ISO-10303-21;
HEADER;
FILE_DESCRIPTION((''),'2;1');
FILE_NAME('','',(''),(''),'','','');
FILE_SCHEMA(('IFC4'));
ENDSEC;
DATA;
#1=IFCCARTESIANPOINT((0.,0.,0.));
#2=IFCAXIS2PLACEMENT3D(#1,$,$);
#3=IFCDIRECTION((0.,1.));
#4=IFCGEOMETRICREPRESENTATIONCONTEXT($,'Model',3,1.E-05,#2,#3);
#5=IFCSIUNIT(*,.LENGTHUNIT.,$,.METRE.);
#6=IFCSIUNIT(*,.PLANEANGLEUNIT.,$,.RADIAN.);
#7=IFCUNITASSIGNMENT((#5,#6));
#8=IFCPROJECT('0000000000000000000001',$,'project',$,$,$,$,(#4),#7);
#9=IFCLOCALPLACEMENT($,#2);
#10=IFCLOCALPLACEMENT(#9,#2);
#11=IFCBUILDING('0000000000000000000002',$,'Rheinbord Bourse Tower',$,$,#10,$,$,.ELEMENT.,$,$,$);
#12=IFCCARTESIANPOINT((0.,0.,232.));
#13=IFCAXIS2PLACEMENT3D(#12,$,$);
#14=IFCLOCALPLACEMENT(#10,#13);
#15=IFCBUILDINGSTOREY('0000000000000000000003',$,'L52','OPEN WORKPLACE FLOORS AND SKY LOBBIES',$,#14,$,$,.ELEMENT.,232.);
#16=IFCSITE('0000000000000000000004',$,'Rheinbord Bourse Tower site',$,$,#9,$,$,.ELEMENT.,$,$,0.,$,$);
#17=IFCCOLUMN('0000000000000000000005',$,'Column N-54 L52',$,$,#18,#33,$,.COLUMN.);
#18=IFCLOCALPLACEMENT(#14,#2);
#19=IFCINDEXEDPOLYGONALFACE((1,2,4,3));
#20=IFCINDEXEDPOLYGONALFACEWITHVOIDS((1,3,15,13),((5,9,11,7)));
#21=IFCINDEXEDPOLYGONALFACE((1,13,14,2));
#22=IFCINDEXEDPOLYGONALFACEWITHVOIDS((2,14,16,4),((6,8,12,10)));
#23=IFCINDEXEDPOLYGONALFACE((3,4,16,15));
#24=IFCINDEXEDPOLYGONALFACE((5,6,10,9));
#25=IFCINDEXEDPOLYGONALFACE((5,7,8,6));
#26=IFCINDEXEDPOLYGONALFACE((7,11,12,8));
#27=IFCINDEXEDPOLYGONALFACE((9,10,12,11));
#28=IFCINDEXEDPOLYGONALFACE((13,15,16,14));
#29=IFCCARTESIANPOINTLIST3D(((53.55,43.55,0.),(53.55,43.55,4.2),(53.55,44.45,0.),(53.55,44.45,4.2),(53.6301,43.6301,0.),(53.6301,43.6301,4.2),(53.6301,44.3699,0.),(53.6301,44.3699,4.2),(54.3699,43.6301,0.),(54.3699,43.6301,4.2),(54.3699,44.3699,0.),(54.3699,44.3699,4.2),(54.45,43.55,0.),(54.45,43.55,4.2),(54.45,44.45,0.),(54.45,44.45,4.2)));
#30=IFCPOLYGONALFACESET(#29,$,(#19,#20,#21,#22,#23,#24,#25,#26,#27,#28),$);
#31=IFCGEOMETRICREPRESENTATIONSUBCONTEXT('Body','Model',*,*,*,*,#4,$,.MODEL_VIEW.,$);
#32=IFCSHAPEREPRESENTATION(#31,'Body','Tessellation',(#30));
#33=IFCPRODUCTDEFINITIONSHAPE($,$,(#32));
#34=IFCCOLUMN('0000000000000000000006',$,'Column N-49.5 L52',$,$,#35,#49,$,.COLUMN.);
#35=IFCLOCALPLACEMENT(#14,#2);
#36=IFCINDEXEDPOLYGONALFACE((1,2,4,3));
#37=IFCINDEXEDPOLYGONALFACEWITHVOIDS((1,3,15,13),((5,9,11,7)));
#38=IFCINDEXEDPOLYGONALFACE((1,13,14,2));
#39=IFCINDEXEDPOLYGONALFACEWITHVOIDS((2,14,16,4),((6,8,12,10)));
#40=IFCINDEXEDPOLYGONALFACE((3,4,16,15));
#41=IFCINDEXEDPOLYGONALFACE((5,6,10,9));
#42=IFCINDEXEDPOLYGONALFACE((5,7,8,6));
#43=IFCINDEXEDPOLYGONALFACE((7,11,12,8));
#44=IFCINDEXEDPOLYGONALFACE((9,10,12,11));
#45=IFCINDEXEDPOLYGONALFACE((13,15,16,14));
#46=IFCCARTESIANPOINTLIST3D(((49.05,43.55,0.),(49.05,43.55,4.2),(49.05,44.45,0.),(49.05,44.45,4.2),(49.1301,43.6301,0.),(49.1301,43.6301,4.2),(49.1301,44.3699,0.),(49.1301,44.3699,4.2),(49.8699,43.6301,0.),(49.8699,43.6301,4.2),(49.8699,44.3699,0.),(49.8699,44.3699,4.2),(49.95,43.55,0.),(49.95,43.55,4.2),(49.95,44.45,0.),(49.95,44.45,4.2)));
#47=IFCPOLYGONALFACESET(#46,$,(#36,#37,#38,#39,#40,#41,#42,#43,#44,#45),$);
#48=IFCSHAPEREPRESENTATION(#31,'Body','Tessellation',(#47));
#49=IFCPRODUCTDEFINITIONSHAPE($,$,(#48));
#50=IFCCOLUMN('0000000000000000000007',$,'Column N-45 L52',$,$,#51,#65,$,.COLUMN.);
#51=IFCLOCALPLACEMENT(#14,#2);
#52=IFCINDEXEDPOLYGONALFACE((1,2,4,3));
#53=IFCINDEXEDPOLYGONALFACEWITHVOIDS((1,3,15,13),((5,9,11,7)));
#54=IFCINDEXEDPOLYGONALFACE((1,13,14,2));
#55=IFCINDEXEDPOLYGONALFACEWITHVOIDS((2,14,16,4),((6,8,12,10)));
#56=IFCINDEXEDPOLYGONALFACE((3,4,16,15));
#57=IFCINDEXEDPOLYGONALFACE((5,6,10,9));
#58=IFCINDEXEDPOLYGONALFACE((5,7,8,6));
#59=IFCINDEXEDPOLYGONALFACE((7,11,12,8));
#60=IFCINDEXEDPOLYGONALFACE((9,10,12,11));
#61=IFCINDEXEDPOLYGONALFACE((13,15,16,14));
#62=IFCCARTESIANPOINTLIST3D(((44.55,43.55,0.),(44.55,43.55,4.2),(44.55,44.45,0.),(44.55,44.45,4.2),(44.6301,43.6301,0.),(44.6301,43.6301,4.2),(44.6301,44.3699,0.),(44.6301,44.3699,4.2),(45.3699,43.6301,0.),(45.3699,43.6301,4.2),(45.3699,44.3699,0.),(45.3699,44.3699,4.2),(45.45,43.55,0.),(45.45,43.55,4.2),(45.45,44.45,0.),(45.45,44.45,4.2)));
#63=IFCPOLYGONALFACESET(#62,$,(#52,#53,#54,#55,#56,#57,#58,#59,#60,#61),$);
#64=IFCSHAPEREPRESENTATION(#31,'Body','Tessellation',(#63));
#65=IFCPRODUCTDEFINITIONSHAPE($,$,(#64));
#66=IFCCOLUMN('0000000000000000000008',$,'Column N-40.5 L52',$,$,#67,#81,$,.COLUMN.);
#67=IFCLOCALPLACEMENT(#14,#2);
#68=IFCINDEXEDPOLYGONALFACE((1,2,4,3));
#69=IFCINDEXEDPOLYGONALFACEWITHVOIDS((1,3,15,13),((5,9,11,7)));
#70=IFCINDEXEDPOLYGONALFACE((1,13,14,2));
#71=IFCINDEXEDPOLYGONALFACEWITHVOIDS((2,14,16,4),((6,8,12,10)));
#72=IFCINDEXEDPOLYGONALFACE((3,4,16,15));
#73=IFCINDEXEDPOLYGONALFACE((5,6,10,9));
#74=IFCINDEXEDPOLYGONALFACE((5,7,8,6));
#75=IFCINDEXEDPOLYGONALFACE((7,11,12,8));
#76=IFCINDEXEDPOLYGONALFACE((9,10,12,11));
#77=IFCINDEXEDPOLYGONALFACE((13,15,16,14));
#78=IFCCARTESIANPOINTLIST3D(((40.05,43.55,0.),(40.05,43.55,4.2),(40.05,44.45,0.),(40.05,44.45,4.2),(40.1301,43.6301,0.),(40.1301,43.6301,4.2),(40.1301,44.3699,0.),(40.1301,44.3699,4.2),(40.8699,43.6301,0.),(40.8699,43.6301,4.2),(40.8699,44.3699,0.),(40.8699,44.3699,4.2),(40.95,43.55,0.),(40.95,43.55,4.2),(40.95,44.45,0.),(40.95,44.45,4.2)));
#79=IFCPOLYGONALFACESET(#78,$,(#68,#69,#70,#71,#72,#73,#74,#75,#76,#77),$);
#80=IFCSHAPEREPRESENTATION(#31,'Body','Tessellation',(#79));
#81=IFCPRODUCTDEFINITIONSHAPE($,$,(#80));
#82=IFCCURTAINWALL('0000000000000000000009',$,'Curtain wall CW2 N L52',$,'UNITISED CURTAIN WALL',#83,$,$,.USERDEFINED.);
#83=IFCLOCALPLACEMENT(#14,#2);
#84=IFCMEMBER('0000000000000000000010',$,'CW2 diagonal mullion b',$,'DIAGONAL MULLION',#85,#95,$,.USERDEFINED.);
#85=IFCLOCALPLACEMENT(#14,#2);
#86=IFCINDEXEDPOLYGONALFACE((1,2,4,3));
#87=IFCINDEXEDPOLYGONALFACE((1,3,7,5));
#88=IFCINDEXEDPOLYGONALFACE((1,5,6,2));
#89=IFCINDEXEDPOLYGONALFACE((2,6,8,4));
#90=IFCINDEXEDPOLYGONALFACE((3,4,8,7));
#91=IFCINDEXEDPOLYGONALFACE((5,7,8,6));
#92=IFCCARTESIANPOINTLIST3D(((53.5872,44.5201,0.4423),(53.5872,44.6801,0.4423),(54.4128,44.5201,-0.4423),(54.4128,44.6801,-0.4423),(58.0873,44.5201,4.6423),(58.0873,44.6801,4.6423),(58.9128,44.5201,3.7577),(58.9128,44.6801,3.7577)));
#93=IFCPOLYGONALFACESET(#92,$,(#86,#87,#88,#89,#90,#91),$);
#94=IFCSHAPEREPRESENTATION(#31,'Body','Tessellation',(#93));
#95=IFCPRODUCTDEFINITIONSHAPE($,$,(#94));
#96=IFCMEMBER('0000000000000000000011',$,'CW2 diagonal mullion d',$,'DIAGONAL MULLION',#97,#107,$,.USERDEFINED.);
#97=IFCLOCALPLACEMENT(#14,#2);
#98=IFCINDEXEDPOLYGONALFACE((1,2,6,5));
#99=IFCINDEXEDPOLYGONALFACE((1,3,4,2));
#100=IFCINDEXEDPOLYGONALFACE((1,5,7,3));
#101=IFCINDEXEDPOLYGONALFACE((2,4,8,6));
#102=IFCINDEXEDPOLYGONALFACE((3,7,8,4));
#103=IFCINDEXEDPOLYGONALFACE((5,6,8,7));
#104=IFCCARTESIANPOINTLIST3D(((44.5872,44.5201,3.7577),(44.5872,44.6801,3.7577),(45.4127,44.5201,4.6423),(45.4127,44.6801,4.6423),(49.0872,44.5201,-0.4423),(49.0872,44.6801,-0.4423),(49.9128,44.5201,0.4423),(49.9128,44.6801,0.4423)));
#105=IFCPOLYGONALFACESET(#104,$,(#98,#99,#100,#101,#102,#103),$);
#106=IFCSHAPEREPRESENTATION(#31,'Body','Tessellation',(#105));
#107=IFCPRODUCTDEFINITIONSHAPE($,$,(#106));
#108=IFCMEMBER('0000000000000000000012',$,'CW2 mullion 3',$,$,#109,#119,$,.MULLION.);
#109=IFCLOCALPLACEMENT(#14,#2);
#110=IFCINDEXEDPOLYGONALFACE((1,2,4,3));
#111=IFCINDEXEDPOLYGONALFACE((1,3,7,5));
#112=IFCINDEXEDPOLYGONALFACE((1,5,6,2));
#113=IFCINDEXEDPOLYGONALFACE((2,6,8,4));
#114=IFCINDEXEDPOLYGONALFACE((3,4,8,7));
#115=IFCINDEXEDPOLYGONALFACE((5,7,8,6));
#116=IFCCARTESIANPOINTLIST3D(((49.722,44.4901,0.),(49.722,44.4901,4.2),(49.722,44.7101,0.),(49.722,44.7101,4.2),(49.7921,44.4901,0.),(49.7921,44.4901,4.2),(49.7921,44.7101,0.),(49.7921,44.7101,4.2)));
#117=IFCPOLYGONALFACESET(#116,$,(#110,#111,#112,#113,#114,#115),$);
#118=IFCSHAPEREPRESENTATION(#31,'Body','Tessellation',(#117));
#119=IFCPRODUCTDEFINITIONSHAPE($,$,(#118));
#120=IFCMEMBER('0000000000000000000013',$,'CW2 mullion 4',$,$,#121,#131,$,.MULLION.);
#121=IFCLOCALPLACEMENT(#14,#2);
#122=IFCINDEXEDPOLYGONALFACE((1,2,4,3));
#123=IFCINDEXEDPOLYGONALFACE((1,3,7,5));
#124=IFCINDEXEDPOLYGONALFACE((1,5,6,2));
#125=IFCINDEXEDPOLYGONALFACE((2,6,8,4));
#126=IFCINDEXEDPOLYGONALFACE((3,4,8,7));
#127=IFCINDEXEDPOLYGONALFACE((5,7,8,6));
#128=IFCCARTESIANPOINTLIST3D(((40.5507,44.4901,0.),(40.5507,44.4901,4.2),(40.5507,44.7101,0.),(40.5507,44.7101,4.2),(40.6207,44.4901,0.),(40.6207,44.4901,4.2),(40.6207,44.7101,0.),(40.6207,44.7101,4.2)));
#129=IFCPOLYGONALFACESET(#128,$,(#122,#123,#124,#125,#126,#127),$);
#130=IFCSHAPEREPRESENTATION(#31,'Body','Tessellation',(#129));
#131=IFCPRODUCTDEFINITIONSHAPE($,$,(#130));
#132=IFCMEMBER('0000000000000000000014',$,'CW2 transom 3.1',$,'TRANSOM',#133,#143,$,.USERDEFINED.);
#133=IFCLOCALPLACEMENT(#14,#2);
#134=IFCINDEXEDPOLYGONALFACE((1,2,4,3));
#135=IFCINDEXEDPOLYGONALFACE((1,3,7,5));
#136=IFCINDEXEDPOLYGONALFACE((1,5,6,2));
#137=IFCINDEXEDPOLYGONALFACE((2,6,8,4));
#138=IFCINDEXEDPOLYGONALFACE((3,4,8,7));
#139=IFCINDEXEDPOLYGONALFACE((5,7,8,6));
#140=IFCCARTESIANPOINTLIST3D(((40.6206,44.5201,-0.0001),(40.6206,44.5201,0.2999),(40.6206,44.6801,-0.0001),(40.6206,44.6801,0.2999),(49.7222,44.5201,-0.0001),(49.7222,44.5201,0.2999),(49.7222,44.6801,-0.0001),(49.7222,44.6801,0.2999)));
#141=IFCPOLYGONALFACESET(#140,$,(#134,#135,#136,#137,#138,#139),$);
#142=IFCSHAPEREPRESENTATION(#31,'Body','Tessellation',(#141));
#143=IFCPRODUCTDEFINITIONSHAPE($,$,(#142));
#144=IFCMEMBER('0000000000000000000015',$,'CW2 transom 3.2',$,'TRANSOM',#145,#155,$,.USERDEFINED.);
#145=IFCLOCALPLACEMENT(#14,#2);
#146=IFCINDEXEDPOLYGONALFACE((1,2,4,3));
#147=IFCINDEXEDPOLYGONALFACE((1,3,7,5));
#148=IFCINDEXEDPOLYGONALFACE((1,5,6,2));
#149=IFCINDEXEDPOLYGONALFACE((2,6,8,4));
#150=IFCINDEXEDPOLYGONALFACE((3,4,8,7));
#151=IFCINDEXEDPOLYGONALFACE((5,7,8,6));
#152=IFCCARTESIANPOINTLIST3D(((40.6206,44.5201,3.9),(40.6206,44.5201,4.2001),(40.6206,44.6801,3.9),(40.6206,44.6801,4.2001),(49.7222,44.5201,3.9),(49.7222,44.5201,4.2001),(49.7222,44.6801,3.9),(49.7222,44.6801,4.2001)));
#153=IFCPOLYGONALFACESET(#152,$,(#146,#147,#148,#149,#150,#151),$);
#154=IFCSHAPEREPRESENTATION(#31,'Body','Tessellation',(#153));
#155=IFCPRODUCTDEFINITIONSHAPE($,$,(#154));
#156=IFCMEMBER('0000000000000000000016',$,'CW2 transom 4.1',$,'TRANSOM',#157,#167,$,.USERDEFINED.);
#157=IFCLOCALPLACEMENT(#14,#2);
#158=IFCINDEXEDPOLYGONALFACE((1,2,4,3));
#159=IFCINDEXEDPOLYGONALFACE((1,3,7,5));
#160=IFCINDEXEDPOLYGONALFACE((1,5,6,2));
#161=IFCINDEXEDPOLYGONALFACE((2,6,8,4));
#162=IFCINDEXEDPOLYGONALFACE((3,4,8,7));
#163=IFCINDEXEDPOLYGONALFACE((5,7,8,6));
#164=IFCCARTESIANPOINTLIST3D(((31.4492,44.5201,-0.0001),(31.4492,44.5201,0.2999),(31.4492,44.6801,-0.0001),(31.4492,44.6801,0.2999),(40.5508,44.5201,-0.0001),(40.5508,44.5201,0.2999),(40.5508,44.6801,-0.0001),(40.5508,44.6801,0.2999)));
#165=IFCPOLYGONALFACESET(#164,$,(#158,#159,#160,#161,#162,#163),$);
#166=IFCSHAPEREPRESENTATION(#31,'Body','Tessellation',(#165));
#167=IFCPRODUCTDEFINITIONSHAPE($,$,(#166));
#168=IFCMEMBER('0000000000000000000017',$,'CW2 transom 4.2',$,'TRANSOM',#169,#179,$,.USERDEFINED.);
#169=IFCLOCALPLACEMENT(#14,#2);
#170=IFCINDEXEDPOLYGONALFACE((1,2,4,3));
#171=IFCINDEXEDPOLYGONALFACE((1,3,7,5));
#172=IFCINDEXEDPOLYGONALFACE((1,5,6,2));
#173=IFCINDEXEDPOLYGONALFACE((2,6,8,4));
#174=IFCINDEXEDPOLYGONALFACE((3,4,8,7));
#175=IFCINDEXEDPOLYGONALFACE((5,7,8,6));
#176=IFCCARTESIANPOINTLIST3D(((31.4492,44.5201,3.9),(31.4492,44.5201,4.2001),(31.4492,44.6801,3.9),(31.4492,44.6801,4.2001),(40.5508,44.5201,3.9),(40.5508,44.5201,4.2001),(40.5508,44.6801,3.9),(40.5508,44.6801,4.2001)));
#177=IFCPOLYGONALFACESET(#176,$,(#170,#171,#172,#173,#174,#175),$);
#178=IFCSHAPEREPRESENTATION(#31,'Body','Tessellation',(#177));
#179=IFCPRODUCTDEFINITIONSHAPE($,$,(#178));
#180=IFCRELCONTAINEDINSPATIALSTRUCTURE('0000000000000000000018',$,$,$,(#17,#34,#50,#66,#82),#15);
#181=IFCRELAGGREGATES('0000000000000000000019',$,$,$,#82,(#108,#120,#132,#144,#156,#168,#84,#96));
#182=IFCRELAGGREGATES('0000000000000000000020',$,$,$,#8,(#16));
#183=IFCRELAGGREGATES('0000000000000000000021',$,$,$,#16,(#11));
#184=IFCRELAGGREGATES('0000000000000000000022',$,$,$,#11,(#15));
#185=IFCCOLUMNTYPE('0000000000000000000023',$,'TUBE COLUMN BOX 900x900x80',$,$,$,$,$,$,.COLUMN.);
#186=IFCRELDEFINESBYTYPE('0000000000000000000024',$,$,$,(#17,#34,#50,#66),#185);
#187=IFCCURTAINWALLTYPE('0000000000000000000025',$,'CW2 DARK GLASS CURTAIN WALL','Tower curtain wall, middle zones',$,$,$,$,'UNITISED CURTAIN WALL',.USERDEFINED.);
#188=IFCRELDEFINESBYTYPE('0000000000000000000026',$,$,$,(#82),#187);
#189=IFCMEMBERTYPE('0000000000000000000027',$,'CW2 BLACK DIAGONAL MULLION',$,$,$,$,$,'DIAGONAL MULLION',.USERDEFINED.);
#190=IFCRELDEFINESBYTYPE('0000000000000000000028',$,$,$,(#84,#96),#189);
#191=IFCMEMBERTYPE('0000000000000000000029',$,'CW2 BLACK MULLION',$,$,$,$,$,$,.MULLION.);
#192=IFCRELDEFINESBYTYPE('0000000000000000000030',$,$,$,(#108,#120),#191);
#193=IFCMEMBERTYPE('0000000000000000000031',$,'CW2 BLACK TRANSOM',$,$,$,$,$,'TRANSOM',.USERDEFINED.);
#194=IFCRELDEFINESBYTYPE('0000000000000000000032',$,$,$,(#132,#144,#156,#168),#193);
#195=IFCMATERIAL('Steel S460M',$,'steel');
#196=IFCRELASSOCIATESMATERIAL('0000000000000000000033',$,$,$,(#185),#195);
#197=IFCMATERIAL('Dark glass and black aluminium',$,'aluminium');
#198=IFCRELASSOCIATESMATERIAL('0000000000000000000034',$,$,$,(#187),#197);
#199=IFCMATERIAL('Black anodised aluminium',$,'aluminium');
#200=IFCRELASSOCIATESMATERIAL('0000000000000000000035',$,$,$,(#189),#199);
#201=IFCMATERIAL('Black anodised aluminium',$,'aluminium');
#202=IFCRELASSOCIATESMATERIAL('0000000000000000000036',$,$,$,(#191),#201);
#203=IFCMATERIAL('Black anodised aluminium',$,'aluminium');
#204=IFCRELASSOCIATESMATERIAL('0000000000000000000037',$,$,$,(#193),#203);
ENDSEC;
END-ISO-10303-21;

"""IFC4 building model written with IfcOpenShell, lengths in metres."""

from ifc_helpers import new_model, si_unit, direction, frame, origin, origin_2d, place, context, subcontext, project, spatial, rectangle, hollow_rectangle, extrude, material, material_profile, profile_set, type_object, element, aggregate, save


model = new_model("IFC4")

# Units and contexts
model_context = context("Model", 3, precision=1e-05, world=origin(), true_north=direction((0.0, 1.0)))
body_context = subcontext(model_context, "Body", "Model", "MODEL_VIEW")
ifc_project = project(units=[si_unit("LENGTHUNIT", "METRE"), si_unit("PLANEANGLEUNIT", "RADIAN")], contexts=[model_context])

# Site, building, storey
site_placement = place(None, origin())
site = spatial("IfcSite", under=ifc_project, at=site_placement, Name="Rheinbord Bourse Tower site", CompositionType="ELEMENT", RefElevation=0.0)
building_placement = place(site_placement, origin())
building = spatial("IfcBuilding", under=site, at=building_placement, Name="Rheinbord Bourse Tower", CompositionType="ELEMENT")
storey_placement = place(building_placement, frame((0.0, 0.0, 232.0)))
storey = spatial("IfcBuildingStorey", under=building, at=storey_placement, Name="L52", Description="OPEN WORKPLACE FLOORS AND SKY LOBBIES", CompositionType="ELEMENT", Elevation=232.0)

# Columns
ifc_material_1 = material(Name="Steel S460M", Category="steel")
ifc_material_profile_1 = material_profile(ifc_material_1, hollow_rectangle(XDim=0.8999, YDim=0.8999, WallThickness=0.0801, at=origin_2d()), Name="BOX 900x900x80")
ifc_profile_set_1 = profile_set([ifc_material_profile_1], Name="Steel S460M")
column_type = type_object("IfcColumnType", Name="TUBE COLUMN BOX 900x900x80", PredefinedType="COLUMN", material=ifc_profile_set_1)
for number, where, z_axis, x_axis, name in (
    (1, (54.0, 44.0, 0.0), (0.0, 0.0, 1.0), (0.0, 1.0, 0.0), "Column N-54 L52"),
    (2, (49.5, 44.0, 0.0), (0.0, 0.0, 1.0), (0.0, 1.0, 0.0), "Column N-49.5 L52"),
    (3, (45.0, 44.0, 0.0), (0.0, 0.0, 1.0), (0.0, 1.0, 0.0), "Column N-45 L52"),
    (4, (40.5, 44.0, 0.0), (0.0, 0.0, 1.0), (0.0, 1.0, 0.0), "Column N-40.5 L52"),
):
    element("IfcColumn", number, at=place(storey_placement, frame(where, z_axis=z_axis, x_axis=x_axis)), inside=storey, type_object=column_type, Name=name, PredefinedType="COLUMN", context=body_context, shape_type="SweptSolid", body=[
        extrude(hollow_rectangle(XDim=0.8999, YDim=0.8999, WallThickness=0.0801, at=origin_2d()), origin(), (0.0, 0.0, 1.0), 4.2),
    ])

# Curtain wall, members
ifc_material_2 = material(Name="Dark glass and black aluminium", Category="aluminium")
curtain_wall_type = type_object("IfcCurtainWallType", Name="CW2 DARK GLASS CURTAIN WALL", Description="Tower curtain wall, middle zones", ElementType="UNITISED CURTAIN WALL", PredefinedType="USERDEFINED", material=ifc_material_2)
curtain_wall_placement = place(storey_placement, origin())
curtain_wall = element("IfcCurtainWall", 5, at=curtain_wall_placement, inside=storey, type_object=curtain_wall_type, Name="Curtain wall CW2 N L52", ObjectType="UNITISED CURTAIN WALL", PredefinedType="USERDEFINED")
ifc_material_3 = material(Name="Black anodised aluminium", Category="aluminium")
ifc_material_profile_2 = material_profile(ifc_material_3, rectangle(XDim=0.1599, YDim=1.21, at=origin_2d()), Name="CW2 DIAGONAL MULLION 1210x160")
ifc_profile_set_2 = profile_set([ifc_material_profile_2], Name="Black anodised aluminium")
member_type_1 = type_object("IfcMemberType", Name="CW2 BLACK DIAGONAL MULLION", ElementType="DIAGONAL MULLION", PredefinedType="USERDEFINED", material=ifc_profile_set_2)
member_1_placement = place(storey_placement, frame((54.0, 44.6001, 0.0), z_axis=(0.731059, 0.0, 0.682314), x_axis=(0.0, 1.0, 0.0)))
member_1 = element("IfcMember", 6, at=member_1_placement, type_object=member_type_1, Name="CW2 diagonal mullion b", ObjectType="DIAGONAL MULLION", PredefinedType="USERDEFINED", context=body_context, shape_type="SweptSolid", body=[
    extrude(rectangle(XDim=0.1599, YDim=1.21, at=origin_2d()), origin(), (0.0, 0.0, 1.0), 6.1555),
])
member_2_placement = place(storey_placement, frame((49.5, 44.6001, 0.0), z_axis=(-0.731059, 0.0, 0.682314), x_axis=(0.0, -1.0, 0.0)))
member_2 = element("IfcMember", 7, at=member_2_placement, type_object=member_type_1, Name="CW2 diagonal mullion d", ObjectType="DIAGONAL MULLION", PredefinedType="USERDEFINED", context=body_context, shape_type="SweptSolid", body=[
    extrude(rectangle(XDim=0.1599, YDim=1.21, at=origin_2d()), origin(), (0.0, 0.0, 1.0), 6.1555),
])
ifc_material_4 = material(Name="Black anodised aluminium", Category="aluminium")
ifc_material_profile_3 = material_profile(ifc_material_4, rectangle(XDim=0.22, YDim=0.0701, at=origin_2d()), Name="CW2 MULLION 70x220")
ifc_profile_set_3 = profile_set([ifc_material_profile_3], Name="Black anodised aluminium")
member_type_2 = type_object("IfcMemberType", Name="CW2 BLACK MULLION", PredefinedType="MULLION", material=ifc_profile_set_3)
member_3_placement = place(storey_placement, frame((49.7571, 44.6001, 0.0), z_axis=(0.0, 0.0, 1.0), x_axis=(0.0, -1.0, 0.0)))
member_3 = element("IfcMember", 8, at=member_3_placement, type_object=member_type_2, Name="CW2 mullion 3", PredefinedType="MULLION", context=body_context, shape_type="SweptSolid", body=[
    extrude(rectangle(XDim=0.22, YDim=0.0701, at=origin_2d()), origin(), (0.0, 0.0, 1.0), 4.2),
])
member_4_placement = place(storey_placement, frame((40.5857, 44.6001, 0.0), z_axis=(0.0, 0.0, 1.0), x_axis=(0.0, -1.0, 0.0)))
member_4 = element("IfcMember", 9, at=member_4_placement, type_object=member_type_2, Name="CW2 mullion 4", PredefinedType="MULLION", context=body_context, shape_type="SweptSolid", body=[
    extrude(rectangle(XDim=0.22, YDim=0.0701, at=origin_2d()), origin(), (0.0, 0.0, 1.0), 4.2),
])
ifc_material_5 = material(Name="Black anodised aluminium", Category="aluminium")
ifc_material_profile_4 = material_profile(ifc_material_5, rectangle(XDim=0.1599, YDim=0.3, at=origin_2d()), Name="CW2 TRANSOM 300x160")
ifc_profile_set_4 = profile_set([ifc_material_profile_4], Name="Black anodised aluminium")
member_type_3 = type_object("IfcMemberType", Name="CW2 BLACK TRANSOM", ElementType="TRANSOM", PredefinedType="USERDEFINED", material=ifc_profile_set_4)
member_5_placement = place(storey_placement, frame((49.7222, 44.6001, 0.1499), z_axis=(-1.0, 0.0, 0.0), x_axis=(0.0, -1.0, 0.0)))
member_5 = element("IfcMember", 10, at=member_5_placement, type_object=member_type_3, Name="CW2 transom 3.1", ObjectType="TRANSOM", PredefinedType="USERDEFINED", context=body_context, shape_type="SweptSolid", body=[
    extrude(rectangle(XDim=0.1599, YDim=0.3, at=origin_2d()), origin(), (0.0, 0.0, 1.0), 9.1016),
])
member_6_placement = place(storey_placement, frame((49.7222, 44.6001, 4.05), z_axis=(-1.0, 0.0, 0.0), x_axis=(0.0, -1.0, 0.0)))
member_6 = element("IfcMember", 11, at=member_6_placement, type_object=member_type_3, Name="CW2 transom 3.2", ObjectType="TRANSOM", PredefinedType="USERDEFINED", context=body_context, shape_type="SweptSolid", body=[
    extrude(rectangle(XDim=0.1599, YDim=0.3, at=origin_2d()), origin(), (0.0, 0.0, 1.0), 9.1016),
])
member_7_placement = place(storey_placement, frame((40.5508, 44.6001, 0.1499), z_axis=(-1.0, 0.0, 0.0), x_axis=(0.0, -1.0, 0.0)))
member_7 = element("IfcMember", 12, at=member_7_placement, type_object=member_type_3, Name="CW2 transom 4.1", ObjectType="TRANSOM", PredefinedType="USERDEFINED", context=body_context, shape_type="SweptSolid", body=[
    extrude(rectangle(XDim=0.1599, YDim=0.3, at=origin_2d()), origin(), (0.0, 0.0, 1.0), 9.1016),
])
member_8_placement = place(storey_placement, frame((40.5508, 44.6001, 4.05), z_axis=(-1.0, 0.0, 0.0), x_axis=(0.0, -1.0, 0.0)))
member_8 = element("IfcMember", 13, at=member_8_placement, type_object=member_type_3, Name="CW2 transom 4.2", ObjectType="TRANSOM", PredefinedType="USERDEFINED", context=body_context, shape_type="SweptSolid", body=[
    extrude(rectangle(XDim=0.1599, YDim=0.3, at=origin_2d()), origin(), (0.0, 0.0, 1.0), 9.1016),
])

aggregate(curtain_wall, [member_3, member_4, member_5, member_6, member_7, member_8, member_1, member_2])

save(model, "model.ifc")
